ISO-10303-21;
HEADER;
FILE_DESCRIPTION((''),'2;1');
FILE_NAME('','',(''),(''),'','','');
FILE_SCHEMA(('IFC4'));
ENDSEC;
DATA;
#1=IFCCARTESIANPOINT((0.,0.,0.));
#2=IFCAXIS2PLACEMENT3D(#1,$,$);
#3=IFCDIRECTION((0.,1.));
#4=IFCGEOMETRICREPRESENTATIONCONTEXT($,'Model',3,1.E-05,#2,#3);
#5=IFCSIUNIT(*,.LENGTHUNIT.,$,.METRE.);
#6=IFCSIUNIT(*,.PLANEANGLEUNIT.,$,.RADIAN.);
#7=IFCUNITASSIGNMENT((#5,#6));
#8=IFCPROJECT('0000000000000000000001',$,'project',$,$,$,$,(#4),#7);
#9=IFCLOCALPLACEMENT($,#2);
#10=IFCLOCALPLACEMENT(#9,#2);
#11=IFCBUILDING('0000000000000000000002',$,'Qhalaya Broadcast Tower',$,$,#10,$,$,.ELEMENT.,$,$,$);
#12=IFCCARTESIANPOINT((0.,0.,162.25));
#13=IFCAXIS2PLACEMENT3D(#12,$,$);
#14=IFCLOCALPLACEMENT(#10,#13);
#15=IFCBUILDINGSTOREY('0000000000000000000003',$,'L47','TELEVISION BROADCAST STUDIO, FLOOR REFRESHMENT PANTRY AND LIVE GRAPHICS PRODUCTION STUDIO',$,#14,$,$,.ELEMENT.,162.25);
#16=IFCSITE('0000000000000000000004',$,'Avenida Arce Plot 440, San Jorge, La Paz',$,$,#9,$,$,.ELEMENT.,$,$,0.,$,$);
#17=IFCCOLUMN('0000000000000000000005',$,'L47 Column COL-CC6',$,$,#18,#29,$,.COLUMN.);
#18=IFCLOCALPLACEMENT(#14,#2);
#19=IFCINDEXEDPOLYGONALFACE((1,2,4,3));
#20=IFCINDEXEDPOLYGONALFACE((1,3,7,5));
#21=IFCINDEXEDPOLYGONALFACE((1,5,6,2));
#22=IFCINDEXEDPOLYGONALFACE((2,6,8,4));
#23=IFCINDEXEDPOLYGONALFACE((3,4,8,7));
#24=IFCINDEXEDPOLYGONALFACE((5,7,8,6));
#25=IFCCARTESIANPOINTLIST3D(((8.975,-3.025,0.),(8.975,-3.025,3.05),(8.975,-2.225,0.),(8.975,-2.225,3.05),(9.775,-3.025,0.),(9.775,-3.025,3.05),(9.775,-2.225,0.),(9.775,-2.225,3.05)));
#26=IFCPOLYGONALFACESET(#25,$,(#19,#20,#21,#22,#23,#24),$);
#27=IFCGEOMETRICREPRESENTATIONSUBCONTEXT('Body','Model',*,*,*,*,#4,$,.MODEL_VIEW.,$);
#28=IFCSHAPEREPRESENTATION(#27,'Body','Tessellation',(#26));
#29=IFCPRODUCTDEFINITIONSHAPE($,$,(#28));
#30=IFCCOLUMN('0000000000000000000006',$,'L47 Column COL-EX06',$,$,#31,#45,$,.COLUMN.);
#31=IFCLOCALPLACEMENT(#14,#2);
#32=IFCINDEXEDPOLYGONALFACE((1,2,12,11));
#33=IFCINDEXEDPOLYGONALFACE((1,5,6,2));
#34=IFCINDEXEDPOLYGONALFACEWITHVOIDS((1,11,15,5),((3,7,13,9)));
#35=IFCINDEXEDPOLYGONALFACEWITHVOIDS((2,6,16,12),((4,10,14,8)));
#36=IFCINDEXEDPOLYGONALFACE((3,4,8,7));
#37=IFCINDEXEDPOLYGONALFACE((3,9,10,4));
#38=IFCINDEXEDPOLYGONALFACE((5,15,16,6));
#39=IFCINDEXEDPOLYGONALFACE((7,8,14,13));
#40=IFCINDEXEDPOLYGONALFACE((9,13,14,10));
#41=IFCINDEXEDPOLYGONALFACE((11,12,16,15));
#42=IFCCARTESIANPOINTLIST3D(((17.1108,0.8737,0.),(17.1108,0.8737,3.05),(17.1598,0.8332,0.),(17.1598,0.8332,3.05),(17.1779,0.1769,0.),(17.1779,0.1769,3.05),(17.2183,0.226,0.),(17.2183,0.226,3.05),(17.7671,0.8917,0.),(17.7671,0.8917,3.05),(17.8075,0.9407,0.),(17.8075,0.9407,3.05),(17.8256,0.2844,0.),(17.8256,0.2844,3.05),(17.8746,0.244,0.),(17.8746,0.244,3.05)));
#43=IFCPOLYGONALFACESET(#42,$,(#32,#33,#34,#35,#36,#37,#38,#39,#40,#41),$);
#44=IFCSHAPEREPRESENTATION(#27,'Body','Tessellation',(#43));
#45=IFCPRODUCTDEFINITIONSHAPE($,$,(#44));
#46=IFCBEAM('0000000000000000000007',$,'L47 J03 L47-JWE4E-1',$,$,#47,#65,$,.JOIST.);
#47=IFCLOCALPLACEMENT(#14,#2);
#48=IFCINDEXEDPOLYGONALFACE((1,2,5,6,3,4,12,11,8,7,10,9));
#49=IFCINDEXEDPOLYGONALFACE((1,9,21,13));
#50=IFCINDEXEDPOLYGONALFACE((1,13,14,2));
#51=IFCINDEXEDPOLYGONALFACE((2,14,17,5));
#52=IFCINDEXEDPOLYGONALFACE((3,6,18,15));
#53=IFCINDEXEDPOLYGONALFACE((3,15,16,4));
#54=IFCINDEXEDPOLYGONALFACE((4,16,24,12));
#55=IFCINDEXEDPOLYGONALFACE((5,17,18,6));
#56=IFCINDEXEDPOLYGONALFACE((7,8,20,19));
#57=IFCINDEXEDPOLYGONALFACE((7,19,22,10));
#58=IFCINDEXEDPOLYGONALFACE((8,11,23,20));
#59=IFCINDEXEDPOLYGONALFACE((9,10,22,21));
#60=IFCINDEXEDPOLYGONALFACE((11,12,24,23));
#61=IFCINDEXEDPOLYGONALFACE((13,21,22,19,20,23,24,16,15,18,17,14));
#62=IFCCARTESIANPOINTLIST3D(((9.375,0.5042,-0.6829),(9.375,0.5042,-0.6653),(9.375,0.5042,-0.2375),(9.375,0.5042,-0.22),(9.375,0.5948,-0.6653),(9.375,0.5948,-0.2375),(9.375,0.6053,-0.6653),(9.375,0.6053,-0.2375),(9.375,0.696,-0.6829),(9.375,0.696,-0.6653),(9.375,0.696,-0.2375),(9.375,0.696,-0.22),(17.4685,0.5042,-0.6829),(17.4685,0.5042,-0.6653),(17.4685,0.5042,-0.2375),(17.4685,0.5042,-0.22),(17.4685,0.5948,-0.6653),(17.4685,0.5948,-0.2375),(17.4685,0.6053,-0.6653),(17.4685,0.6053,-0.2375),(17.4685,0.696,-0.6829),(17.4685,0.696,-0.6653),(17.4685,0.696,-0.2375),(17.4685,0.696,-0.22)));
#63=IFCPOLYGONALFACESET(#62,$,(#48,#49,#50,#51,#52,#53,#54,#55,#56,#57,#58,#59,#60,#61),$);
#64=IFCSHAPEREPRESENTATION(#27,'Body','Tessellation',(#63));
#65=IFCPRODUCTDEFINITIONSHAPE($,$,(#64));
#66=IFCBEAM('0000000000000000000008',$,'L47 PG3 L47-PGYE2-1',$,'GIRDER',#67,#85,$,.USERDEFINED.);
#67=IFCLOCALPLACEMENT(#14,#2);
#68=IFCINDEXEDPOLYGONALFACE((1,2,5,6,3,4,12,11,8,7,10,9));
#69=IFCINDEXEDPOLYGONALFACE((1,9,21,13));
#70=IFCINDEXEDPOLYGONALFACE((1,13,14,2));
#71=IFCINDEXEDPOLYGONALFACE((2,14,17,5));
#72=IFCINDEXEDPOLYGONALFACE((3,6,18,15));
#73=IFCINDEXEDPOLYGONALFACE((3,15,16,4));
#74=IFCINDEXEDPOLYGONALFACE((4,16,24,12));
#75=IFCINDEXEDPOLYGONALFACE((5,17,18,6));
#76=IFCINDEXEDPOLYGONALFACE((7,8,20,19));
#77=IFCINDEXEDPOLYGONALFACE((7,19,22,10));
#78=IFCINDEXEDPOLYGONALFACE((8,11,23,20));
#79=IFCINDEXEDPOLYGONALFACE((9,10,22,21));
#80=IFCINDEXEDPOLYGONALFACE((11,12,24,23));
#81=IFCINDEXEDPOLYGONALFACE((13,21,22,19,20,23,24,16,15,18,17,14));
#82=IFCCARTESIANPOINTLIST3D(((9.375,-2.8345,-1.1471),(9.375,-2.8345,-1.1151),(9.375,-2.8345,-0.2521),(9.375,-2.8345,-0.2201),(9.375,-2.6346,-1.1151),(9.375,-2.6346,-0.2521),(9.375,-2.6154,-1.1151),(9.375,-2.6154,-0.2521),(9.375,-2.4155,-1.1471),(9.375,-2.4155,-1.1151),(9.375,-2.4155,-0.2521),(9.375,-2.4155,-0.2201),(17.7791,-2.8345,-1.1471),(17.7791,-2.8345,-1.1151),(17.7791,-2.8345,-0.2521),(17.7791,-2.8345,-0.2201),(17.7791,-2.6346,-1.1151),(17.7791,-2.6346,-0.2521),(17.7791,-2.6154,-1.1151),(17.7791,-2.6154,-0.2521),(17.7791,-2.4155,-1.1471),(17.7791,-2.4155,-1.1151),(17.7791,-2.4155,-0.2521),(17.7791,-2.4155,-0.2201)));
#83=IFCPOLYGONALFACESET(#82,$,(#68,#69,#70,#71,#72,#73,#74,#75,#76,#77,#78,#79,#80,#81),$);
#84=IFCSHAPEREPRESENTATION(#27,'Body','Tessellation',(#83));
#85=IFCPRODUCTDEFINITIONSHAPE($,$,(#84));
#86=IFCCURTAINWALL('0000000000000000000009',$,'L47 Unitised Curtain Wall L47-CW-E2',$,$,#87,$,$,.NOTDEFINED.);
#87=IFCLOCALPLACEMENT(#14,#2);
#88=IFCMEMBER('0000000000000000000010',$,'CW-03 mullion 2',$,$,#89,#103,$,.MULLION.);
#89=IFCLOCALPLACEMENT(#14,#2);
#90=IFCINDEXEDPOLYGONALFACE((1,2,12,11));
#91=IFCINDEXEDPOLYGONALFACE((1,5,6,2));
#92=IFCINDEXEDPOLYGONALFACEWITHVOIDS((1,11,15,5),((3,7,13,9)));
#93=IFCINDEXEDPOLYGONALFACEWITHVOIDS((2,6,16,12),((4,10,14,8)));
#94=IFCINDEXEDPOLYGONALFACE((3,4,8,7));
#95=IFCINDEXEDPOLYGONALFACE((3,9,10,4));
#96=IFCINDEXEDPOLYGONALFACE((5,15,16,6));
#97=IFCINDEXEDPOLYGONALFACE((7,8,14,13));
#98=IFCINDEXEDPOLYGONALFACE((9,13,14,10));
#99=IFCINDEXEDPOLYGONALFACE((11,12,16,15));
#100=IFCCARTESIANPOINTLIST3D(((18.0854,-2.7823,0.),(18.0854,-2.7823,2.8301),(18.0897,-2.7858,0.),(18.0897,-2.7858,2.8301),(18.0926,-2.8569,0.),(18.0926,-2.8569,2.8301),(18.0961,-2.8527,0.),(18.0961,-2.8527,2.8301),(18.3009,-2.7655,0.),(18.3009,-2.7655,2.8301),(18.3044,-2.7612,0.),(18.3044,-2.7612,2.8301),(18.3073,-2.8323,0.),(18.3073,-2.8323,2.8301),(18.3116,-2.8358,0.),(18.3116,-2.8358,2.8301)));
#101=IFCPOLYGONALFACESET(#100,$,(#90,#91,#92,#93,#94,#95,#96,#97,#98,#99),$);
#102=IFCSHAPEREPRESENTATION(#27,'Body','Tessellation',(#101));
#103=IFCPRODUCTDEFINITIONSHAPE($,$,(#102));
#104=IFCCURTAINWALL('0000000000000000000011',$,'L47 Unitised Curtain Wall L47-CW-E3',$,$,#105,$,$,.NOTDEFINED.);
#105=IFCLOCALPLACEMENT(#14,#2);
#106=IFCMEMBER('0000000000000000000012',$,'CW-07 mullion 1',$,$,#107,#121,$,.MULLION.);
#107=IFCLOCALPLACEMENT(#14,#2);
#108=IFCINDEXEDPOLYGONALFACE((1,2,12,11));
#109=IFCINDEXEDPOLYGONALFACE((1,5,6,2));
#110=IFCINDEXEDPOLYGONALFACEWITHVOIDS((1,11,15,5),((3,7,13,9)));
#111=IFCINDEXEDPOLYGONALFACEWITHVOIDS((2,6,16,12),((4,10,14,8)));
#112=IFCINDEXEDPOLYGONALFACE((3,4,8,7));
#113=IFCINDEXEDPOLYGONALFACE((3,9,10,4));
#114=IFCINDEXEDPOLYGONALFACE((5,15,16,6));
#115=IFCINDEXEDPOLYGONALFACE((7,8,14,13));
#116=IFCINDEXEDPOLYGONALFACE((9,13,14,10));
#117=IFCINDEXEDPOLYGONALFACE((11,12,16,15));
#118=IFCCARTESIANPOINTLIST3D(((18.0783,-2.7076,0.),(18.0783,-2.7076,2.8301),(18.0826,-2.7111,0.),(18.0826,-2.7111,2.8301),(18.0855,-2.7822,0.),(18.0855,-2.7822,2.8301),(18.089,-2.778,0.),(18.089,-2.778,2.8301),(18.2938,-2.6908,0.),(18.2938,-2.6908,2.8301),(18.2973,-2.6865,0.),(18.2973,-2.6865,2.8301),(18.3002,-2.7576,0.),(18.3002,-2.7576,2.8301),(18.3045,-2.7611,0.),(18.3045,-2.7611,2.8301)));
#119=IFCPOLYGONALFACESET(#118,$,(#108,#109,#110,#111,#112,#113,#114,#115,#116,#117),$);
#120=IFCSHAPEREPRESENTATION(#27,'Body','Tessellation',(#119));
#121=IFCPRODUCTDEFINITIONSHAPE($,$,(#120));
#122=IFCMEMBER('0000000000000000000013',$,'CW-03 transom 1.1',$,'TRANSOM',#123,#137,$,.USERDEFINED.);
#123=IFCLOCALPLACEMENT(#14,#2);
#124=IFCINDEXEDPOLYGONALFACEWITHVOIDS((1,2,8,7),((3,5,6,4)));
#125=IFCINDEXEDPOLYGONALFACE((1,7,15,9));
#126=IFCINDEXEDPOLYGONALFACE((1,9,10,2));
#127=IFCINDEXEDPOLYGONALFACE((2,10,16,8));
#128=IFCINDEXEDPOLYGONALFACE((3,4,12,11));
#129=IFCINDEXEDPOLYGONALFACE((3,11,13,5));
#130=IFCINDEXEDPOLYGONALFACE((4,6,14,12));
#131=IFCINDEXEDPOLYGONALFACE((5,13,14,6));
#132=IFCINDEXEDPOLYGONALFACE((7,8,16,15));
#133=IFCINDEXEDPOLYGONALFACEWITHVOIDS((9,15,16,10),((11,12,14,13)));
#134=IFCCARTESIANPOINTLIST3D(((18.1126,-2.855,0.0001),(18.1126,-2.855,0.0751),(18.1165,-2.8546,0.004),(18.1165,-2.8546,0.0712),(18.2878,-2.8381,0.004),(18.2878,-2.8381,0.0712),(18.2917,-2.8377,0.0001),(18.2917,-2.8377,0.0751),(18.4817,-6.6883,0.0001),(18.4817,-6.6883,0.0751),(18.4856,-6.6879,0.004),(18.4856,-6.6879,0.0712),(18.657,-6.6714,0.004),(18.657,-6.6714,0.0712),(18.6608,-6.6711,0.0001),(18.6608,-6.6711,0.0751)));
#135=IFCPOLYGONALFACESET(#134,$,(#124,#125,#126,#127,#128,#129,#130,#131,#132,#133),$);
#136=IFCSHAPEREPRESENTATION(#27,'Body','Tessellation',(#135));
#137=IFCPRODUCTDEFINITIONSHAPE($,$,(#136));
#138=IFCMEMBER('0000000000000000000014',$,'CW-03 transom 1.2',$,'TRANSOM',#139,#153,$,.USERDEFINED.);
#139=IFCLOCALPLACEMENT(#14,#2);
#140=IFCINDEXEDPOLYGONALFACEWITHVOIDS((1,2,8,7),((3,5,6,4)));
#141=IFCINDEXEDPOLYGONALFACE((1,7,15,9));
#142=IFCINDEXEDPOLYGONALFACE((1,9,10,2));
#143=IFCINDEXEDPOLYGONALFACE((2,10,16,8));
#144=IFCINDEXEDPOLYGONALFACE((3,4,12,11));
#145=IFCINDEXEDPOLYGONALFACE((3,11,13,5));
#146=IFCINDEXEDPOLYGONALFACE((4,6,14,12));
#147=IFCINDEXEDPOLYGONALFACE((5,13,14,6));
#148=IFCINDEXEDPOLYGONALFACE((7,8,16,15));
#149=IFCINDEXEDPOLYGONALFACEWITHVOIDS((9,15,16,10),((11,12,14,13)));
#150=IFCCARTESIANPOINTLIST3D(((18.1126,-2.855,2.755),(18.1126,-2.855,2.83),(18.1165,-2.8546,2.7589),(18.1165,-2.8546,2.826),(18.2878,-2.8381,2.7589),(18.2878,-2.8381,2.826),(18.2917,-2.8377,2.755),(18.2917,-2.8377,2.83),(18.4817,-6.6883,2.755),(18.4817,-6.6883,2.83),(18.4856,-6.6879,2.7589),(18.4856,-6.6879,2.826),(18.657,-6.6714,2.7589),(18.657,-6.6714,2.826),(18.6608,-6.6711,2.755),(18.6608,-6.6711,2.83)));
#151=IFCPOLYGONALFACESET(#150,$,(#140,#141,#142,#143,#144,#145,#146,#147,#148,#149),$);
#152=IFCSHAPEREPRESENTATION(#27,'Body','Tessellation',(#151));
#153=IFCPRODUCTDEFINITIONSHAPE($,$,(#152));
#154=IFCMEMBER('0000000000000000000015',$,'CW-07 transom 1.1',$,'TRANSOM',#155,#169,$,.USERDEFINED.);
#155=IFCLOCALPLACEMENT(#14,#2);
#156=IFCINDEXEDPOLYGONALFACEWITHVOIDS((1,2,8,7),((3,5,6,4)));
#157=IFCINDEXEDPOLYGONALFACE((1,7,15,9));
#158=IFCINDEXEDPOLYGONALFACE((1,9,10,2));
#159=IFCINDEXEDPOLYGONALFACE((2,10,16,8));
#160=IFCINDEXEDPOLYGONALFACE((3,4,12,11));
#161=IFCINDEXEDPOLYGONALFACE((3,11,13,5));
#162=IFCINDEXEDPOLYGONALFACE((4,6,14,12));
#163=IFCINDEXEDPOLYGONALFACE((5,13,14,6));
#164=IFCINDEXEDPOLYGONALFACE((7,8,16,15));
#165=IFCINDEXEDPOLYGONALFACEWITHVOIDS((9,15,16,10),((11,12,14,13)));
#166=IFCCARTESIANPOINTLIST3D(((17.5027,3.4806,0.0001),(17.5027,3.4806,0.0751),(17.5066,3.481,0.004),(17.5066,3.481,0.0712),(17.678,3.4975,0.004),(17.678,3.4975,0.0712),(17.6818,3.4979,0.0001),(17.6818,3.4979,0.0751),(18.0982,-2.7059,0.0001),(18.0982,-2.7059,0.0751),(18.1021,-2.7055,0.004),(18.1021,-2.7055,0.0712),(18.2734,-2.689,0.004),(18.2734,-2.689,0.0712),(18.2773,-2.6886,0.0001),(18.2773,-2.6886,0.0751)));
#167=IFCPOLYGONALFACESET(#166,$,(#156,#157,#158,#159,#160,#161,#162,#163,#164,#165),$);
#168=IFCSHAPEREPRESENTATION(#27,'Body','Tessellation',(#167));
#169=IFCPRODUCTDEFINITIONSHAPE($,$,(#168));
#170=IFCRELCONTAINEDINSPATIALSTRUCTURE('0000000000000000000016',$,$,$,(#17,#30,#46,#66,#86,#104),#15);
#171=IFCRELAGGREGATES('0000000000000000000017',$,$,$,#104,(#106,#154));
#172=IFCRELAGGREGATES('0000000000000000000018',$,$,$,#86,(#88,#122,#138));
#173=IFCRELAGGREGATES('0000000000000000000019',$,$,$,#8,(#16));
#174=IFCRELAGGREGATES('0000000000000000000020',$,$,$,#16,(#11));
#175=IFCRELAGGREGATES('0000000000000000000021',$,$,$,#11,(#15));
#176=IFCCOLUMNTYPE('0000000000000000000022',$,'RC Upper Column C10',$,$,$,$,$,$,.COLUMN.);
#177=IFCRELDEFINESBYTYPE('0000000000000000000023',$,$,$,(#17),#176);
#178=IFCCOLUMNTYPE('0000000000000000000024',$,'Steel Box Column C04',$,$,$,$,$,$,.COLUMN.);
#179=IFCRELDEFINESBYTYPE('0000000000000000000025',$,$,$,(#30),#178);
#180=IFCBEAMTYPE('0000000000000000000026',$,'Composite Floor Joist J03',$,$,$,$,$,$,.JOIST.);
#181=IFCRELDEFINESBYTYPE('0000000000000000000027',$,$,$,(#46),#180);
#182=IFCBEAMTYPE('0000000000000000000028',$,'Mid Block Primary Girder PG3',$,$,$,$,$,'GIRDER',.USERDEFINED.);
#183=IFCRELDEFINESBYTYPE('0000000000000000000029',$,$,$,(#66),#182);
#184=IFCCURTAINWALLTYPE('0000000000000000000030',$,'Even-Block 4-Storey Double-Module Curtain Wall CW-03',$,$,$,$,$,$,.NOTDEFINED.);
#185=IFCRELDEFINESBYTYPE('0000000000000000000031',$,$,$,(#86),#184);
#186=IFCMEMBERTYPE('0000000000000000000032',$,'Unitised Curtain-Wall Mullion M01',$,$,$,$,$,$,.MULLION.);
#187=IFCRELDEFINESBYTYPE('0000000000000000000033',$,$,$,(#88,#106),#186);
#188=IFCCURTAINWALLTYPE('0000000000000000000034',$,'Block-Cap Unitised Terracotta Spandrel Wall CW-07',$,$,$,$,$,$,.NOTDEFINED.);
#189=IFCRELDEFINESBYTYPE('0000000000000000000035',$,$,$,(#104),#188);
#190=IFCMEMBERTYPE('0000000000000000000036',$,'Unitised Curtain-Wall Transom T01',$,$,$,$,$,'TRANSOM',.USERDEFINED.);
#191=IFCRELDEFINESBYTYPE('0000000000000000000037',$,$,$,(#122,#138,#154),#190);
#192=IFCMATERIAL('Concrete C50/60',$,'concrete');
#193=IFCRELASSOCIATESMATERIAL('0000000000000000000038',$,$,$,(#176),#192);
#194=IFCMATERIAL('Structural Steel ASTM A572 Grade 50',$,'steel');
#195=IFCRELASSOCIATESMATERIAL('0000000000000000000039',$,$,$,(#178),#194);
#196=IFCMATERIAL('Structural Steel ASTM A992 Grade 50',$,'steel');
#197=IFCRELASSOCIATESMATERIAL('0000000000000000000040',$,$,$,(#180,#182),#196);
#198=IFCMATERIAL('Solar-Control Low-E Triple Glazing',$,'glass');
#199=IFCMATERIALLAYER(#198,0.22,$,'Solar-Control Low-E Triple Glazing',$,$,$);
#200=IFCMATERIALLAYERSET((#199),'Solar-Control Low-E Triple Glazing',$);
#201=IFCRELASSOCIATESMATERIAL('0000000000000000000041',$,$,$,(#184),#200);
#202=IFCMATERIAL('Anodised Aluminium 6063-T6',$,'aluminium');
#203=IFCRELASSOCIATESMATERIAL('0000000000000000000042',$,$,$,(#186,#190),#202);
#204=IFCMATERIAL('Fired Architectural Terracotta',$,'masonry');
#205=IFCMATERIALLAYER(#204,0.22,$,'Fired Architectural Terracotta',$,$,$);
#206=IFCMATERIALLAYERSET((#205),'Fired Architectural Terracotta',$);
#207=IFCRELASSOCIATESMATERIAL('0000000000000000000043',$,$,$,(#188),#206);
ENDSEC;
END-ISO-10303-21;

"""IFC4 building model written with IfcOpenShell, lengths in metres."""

from ifc_helpers import new_model, si_unit, direction, frame, origin, origin_2d, place, context, subcontext, project, spatial, rectangle, hollow_rectangle, i_section, extrude, material, layer, layer_set, material_profile, profile_set, type_object, element, aggregate, save


model = new_model("IFC4")

# Units and contexts
model_context = context("Model", 3, precision=1e-05, world=origin(), true_north=direction((0.0, 1.0)))
body_context = subcontext(model_context, "Body", "Model", "MODEL_VIEW")
ifc_project = project(units=[si_unit("LENGTHUNIT", "METRE"), si_unit("PLANEANGLEUNIT", "RADIAN")], contexts=[model_context])

# Site, building, storey
site_placement = place(None, origin())
site = spatial("IfcSite", under=ifc_project, at=site_placement, Name="Avenida Arce Plot 440, San Jorge, La Paz", CompositionType="ELEMENT", RefElevation=0.0)
building_placement = place(site_placement, origin())
building = spatial("IfcBuilding", under=site, at=building_placement, Name="Qhalaya Broadcast Tower", CompositionType="ELEMENT")
storey_placement = place(building_placement, frame((0.0, 0.0, 162.25)))
storey = spatial("IfcBuildingStorey", under=building, at=storey_placement, Name="L47", Description="TELEVISION BROADCAST STUDIO, FLOOR REFRESHMENT PANTRY AND LIVE GRAPHICS PRODUCTION STUDIO", CompositionType="ELEMENT", Elevation=162.25)

# Columns
ifc_material_1 = material(Name="Concrete C50/60", Category="concrete")
ifc_material_profile_1 = material_profile(ifc_material_1, rectangle(XDim=0.8, YDim=0.8, at=origin_2d()), Name="RC-COL 800x800")
ifc_profile_set_1 = profile_set([ifc_material_profile_1], Name="Concrete C50/60")
column_type_1 = type_object("IfcColumnType", Name="RC Upper Column C10", PredefinedType="COLUMN", material=ifc_profile_set_1)
column_1_placement = place(storey_placement, frame((9.375, -2.625, 0.0), z_axis=(0.0, 0.0, 1.0), x_axis=(1.0, 0.0, 0.0)))
element("IfcColumn", 1, at=column_1_placement, inside=storey, type_object=column_type_1, Name="L47 Column COL-CC6", PredefinedType="COLUMN", context=body_context, shape_type="SweptSolid", body=[
    extrude(rectangle(XDim=0.8, YDim=0.8, at=origin_2d()), origin(), (0.0, 0.0, 1.0), 3.05),
])
ifc_material_2 = material(Name="Structural Steel ASTM A572 Grade 50", Category="steel")
ifc_material_profile_2 = material_profile(ifc_material_2, hollow_rectangle(XDim=0.7, YDim=0.7, WallThickness=0.0449, at=origin_2d()), Name="BOX 700x700x45")
ifc_profile_set_2 = profile_set([ifc_material_profile_2], Name="Structural Steel ASTM A572 Grade 50")
column_type_2 = type_object("IfcColumnType", Name="Steel Box Column C04", PredefinedType="COLUMN", material=ifc_profile_set_2)
column_2_placement = place(storey_placement, frame((17.4927, 0.5588, 0.0), z_axis=(0.0, 0.0, 1.0), x_axis=(-0.095846, 0.995396, 0.0)))
element("IfcColumn", 2, at=column_2_placement, inside=storey, type_object=column_type_2, Name="L47 Column COL-EX06", PredefinedType="COLUMN", context=body_context, shape_type="SweptSolid", body=[
    extrude(hollow_rectangle(XDim=0.7, YDim=0.7, WallThickness=0.0449, at=origin_2d()), origin(), (0.0, 0.0, 1.0), 3.05),
])

# Beams
ifc_material_3 = material(Name="Structural Steel ASTM A992 Grade 50", Category="steel")
ifc_material_profile_3 = material_profile(ifc_material_3, i_section(OverallWidth=0.1919, OverallDepth=0.4629, WebThickness=0.0105, FlangeThickness=0.0176, at=origin_2d()), Name="W18X60")
ifc_profile_set_3 = profile_set([ifc_material_profile_3], Name="Structural Steel ASTM A992 Grade 50")
beam_type_1 = type_object("IfcBeamType", Name="Composite Floor Joist J03", PredefinedType="JOIST", material=ifc_profile_set_3)
beam_1_placement = place(storey_placement, frame((9.375, 0.6001, -0.4514), z_axis=(1.0, 0.0, 0.0), x_axis=(0.0, 1.0, 0.0)))
element("IfcBeam", 3, at=beam_1_placement, inside=storey, type_object=beam_type_1, Name="L47 J03 L47-JWE4E-1", PredefinedType="JOIST", context=body_context, shape_type="SweptSolid", body=[
    extrude(i_section(OverallWidth=0.1919, OverallDepth=0.4629, WebThickness=0.0105, FlangeThickness=0.0176, at=origin_2d()), origin(), (0.0, 0.0, 1.0), 8.0935),
])
ifc_material_profile_4 = material_profile(ifc_material_3, i_section(OverallWidth=0.4189, OverallDepth=0.927, WebThickness=0.0193, FlangeThickness=0.032, at=origin_2d()), Name="W36X231")
ifc_profile_set_4 = profile_set([ifc_material_profile_4], Name="Structural Steel ASTM A992 Grade 50")
beam_type_2 = type_object("IfcBeamType", Name="Mid Block Primary Girder PG3", ElementType="GIRDER", PredefinedType="USERDEFINED", material=ifc_profile_set_4)
beam_2_placement = place(storey_placement, frame((9.375, -2.625, -0.6836), z_axis=(1.0, 0.0, 0.0), x_axis=(0.0, 1.0, 0.0)))
element("IfcBeam", 4, at=beam_2_placement, inside=storey, type_object=beam_type_2, Name="L47 PG3 L47-PGYE2-1", ObjectType="GIRDER", PredefinedType="USERDEFINED", context=body_context, shape_type="SweptSolid", body=[
    extrude(i_section(OverallWidth=0.4189, OverallDepth=0.927, WebThickness=0.0193, FlangeThickness=0.032, at=origin_2d()), origin(), (0.0, 0.0, 1.0), 8.4041),
])

# Curtain walls, members
ifc_material_4 = material(Name="Solar-Control Low-E Triple Glazing", Category="glass")
ifc_layer_1 = layer(ifc_material_4, 0.22, Name="Solar-Control Low-E Triple Glazing")
ifc_layer_set_1 = layer_set([ifc_layer_1], Name="Solar-Control Low-E Triple Glazing")
curtain_wall_type_1 = type_object("IfcCurtainWallType", Name="Even-Block 4-Storey Double-Module Curtain Wall CW-03", PredefinedType="NOTDEFINED", material=ifc_layer_set_1)
curtain_wall_1_placement = place(storey_placement, origin())
curtain_wall_1 = element("IfcCurtainWall", 5, at=curtain_wall_1_placement, inside=storey, type_object=curtain_wall_type_1, Name="L47 Unitised Curtain Wall L47-CW-E2", PredefinedType="NOTDEFINED")
ifc_material_5 = material(Name="Anodised Aluminium 6063-T6", Category="aluminium")
ifc_material_profile_5 = material_profile(ifc_material_5, hollow_rectangle(XDim=0.075, YDim=0.22, WallThickness=0.0039, at=origin_2d()), Name="ALU-MUL 75x220x4")
ifc_profile_set_5 = profile_set([ifc_material_profile_5], Name="Anodised Aluminium 6063-T6")
member_type_1 = type_object("IfcMemberType", Name="Unitised Curtain-Wall Mullion M01", PredefinedType="MULLION", material=ifc_profile_set_5)
member_1_placement = place(storey_placement, frame((18.1985, -2.8091, 0.0), z_axis=(0.0, 0.0, 1.0), x_axis=(-0.095851, 0.995396, 0.0)))
member_1 = element("IfcMember", 6, at=member_1_placement, type_object=member_type_1, Name="CW-03 mullion 2", PredefinedType="MULLION", context=body_context, shape_type="SweptSolid", body=[
    extrude(hollow_rectangle(XDim=0.075, YDim=0.22, WallThickness=0.0039, at=origin_2d()), origin(), (0.0, 0.0, 1.0), 2.8301),
])
ifc_material_6 = material(Name="Fired Architectural Terracotta", Category="masonry")
ifc_layer_2 = layer(ifc_material_6, 0.22, Name="Fired Architectural Terracotta")
ifc_layer_set_2 = layer_set([ifc_layer_2], Name="Fired Architectural Terracotta")
curtain_wall_type_2 = type_object("IfcCurtainWallType", Name="Block-Cap Unitised Terracotta Spandrel Wall CW-07", PredefinedType="NOTDEFINED", material=ifc_layer_set_2)
curtain_wall_2_placement = place(storey_placement, origin())
curtain_wall_2 = element("IfcCurtainWall", 7, at=curtain_wall_2_placement, inside=storey, type_object=curtain_wall_type_2, Name="L47 Unitised Curtain Wall L47-CW-E3", PredefinedType="NOTDEFINED")
member_2_placement = place(storey_placement, frame((18.1914, -2.7344, 0.0), z_axis=(0.0, 0.0, 1.0), x_axis=(-0.095837, 0.995397, 0.0)))
member_2 = element("IfcMember", 8, at=member_2_placement, type_object=member_type_1, Name="CW-07 mullion 1", PredefinedType="MULLION", context=body_context, shape_type="SweptSolid", body=[
    extrude(hollow_rectangle(XDim=0.075, YDim=0.22, WallThickness=0.0039, at=origin_2d()), origin(), (0.0, 0.0, 1.0), 2.8301),
])

# Members
ifc_material_profile_6 = material_profile(ifc_material_5, hollow_rectangle(XDim=0.075, YDim=0.1799, WallThickness=0.0039, at=origin_2d()), Name="ALU-TRN 75x180x4")
ifc_profile_set_6 = profile_set([ifc_material_profile_6], Name="Anodised Aluminium 6063-T6")
member_type_2 = type_object("IfcMemberType", Name="Unitised Curtain-Wall Transom T01", ElementType="TRANSOM", PredefinedType="USERDEFINED", material=ifc_profile_set_6)
member_3_placement = place(storey_placement, frame((18.5713, -6.6797, 0.0376), z_axis=(-0.095856, 0.995395, 0.0), x_axis=(0.0, 0.0, 1.0)))
member_3 = element("IfcMember", 9, at=member_3_placement, type_object=member_type_2, Name="CW-03 transom 1.1", ObjectType="TRANSOM", PredefinedType="USERDEFINED", context=body_context, shape_type="SweptSolid", body=[
    extrude(hollow_rectangle(XDim=0.075, YDim=0.1799, WallThickness=0.0039, at=origin_2d()), origin(), (0.0, 0.0, 1.0), 3.8511),
])
member_4_placement = place(storey_placement, frame((18.5713, -6.6797, 2.7925), z_axis=(-0.095856, 0.995395, 0.0), x_axis=(0.0, 0.0, 1.0)))
member_4 = element("IfcMember", 10, at=member_4_placement, type_object=member_type_2, Name="CW-03 transom 1.2", ObjectType="TRANSOM", PredefinedType="USERDEFINED", context=body_context, shape_type="SweptSolid", body=[
    extrude(hollow_rectangle(XDim=0.075, YDim=0.1799, WallThickness=0.0039, at=origin_2d()), origin(), (0.0, 0.0, 1.0), 3.8511),
])
member_5_placement = place(storey_placement, frame((18.1877, -2.6973, 0.0376), z_axis=(-0.095808, 0.9954, 0.0), x_axis=(0.0, 0.0, 1.0)))
member_5 = element("IfcMember", 11, at=member_5_placement, type_object=member_type_2, Name="CW-07 transom 1.1", ObjectType="TRANSOM", PredefinedType="USERDEFINED", context=body_context, shape_type="SweptSolid", body=[
    extrude(hollow_rectangle(XDim=0.075, YDim=0.1799, WallThickness=0.0039, at=origin_2d()), origin(), (0.0, 0.0, 1.0), 6.2151),
])

aggregate(curtain_wall_2, [member_2, member_5])
aggregate(curtain_wall_1, [member_1, member_3, member_4])

save(model, "model.ifc")
